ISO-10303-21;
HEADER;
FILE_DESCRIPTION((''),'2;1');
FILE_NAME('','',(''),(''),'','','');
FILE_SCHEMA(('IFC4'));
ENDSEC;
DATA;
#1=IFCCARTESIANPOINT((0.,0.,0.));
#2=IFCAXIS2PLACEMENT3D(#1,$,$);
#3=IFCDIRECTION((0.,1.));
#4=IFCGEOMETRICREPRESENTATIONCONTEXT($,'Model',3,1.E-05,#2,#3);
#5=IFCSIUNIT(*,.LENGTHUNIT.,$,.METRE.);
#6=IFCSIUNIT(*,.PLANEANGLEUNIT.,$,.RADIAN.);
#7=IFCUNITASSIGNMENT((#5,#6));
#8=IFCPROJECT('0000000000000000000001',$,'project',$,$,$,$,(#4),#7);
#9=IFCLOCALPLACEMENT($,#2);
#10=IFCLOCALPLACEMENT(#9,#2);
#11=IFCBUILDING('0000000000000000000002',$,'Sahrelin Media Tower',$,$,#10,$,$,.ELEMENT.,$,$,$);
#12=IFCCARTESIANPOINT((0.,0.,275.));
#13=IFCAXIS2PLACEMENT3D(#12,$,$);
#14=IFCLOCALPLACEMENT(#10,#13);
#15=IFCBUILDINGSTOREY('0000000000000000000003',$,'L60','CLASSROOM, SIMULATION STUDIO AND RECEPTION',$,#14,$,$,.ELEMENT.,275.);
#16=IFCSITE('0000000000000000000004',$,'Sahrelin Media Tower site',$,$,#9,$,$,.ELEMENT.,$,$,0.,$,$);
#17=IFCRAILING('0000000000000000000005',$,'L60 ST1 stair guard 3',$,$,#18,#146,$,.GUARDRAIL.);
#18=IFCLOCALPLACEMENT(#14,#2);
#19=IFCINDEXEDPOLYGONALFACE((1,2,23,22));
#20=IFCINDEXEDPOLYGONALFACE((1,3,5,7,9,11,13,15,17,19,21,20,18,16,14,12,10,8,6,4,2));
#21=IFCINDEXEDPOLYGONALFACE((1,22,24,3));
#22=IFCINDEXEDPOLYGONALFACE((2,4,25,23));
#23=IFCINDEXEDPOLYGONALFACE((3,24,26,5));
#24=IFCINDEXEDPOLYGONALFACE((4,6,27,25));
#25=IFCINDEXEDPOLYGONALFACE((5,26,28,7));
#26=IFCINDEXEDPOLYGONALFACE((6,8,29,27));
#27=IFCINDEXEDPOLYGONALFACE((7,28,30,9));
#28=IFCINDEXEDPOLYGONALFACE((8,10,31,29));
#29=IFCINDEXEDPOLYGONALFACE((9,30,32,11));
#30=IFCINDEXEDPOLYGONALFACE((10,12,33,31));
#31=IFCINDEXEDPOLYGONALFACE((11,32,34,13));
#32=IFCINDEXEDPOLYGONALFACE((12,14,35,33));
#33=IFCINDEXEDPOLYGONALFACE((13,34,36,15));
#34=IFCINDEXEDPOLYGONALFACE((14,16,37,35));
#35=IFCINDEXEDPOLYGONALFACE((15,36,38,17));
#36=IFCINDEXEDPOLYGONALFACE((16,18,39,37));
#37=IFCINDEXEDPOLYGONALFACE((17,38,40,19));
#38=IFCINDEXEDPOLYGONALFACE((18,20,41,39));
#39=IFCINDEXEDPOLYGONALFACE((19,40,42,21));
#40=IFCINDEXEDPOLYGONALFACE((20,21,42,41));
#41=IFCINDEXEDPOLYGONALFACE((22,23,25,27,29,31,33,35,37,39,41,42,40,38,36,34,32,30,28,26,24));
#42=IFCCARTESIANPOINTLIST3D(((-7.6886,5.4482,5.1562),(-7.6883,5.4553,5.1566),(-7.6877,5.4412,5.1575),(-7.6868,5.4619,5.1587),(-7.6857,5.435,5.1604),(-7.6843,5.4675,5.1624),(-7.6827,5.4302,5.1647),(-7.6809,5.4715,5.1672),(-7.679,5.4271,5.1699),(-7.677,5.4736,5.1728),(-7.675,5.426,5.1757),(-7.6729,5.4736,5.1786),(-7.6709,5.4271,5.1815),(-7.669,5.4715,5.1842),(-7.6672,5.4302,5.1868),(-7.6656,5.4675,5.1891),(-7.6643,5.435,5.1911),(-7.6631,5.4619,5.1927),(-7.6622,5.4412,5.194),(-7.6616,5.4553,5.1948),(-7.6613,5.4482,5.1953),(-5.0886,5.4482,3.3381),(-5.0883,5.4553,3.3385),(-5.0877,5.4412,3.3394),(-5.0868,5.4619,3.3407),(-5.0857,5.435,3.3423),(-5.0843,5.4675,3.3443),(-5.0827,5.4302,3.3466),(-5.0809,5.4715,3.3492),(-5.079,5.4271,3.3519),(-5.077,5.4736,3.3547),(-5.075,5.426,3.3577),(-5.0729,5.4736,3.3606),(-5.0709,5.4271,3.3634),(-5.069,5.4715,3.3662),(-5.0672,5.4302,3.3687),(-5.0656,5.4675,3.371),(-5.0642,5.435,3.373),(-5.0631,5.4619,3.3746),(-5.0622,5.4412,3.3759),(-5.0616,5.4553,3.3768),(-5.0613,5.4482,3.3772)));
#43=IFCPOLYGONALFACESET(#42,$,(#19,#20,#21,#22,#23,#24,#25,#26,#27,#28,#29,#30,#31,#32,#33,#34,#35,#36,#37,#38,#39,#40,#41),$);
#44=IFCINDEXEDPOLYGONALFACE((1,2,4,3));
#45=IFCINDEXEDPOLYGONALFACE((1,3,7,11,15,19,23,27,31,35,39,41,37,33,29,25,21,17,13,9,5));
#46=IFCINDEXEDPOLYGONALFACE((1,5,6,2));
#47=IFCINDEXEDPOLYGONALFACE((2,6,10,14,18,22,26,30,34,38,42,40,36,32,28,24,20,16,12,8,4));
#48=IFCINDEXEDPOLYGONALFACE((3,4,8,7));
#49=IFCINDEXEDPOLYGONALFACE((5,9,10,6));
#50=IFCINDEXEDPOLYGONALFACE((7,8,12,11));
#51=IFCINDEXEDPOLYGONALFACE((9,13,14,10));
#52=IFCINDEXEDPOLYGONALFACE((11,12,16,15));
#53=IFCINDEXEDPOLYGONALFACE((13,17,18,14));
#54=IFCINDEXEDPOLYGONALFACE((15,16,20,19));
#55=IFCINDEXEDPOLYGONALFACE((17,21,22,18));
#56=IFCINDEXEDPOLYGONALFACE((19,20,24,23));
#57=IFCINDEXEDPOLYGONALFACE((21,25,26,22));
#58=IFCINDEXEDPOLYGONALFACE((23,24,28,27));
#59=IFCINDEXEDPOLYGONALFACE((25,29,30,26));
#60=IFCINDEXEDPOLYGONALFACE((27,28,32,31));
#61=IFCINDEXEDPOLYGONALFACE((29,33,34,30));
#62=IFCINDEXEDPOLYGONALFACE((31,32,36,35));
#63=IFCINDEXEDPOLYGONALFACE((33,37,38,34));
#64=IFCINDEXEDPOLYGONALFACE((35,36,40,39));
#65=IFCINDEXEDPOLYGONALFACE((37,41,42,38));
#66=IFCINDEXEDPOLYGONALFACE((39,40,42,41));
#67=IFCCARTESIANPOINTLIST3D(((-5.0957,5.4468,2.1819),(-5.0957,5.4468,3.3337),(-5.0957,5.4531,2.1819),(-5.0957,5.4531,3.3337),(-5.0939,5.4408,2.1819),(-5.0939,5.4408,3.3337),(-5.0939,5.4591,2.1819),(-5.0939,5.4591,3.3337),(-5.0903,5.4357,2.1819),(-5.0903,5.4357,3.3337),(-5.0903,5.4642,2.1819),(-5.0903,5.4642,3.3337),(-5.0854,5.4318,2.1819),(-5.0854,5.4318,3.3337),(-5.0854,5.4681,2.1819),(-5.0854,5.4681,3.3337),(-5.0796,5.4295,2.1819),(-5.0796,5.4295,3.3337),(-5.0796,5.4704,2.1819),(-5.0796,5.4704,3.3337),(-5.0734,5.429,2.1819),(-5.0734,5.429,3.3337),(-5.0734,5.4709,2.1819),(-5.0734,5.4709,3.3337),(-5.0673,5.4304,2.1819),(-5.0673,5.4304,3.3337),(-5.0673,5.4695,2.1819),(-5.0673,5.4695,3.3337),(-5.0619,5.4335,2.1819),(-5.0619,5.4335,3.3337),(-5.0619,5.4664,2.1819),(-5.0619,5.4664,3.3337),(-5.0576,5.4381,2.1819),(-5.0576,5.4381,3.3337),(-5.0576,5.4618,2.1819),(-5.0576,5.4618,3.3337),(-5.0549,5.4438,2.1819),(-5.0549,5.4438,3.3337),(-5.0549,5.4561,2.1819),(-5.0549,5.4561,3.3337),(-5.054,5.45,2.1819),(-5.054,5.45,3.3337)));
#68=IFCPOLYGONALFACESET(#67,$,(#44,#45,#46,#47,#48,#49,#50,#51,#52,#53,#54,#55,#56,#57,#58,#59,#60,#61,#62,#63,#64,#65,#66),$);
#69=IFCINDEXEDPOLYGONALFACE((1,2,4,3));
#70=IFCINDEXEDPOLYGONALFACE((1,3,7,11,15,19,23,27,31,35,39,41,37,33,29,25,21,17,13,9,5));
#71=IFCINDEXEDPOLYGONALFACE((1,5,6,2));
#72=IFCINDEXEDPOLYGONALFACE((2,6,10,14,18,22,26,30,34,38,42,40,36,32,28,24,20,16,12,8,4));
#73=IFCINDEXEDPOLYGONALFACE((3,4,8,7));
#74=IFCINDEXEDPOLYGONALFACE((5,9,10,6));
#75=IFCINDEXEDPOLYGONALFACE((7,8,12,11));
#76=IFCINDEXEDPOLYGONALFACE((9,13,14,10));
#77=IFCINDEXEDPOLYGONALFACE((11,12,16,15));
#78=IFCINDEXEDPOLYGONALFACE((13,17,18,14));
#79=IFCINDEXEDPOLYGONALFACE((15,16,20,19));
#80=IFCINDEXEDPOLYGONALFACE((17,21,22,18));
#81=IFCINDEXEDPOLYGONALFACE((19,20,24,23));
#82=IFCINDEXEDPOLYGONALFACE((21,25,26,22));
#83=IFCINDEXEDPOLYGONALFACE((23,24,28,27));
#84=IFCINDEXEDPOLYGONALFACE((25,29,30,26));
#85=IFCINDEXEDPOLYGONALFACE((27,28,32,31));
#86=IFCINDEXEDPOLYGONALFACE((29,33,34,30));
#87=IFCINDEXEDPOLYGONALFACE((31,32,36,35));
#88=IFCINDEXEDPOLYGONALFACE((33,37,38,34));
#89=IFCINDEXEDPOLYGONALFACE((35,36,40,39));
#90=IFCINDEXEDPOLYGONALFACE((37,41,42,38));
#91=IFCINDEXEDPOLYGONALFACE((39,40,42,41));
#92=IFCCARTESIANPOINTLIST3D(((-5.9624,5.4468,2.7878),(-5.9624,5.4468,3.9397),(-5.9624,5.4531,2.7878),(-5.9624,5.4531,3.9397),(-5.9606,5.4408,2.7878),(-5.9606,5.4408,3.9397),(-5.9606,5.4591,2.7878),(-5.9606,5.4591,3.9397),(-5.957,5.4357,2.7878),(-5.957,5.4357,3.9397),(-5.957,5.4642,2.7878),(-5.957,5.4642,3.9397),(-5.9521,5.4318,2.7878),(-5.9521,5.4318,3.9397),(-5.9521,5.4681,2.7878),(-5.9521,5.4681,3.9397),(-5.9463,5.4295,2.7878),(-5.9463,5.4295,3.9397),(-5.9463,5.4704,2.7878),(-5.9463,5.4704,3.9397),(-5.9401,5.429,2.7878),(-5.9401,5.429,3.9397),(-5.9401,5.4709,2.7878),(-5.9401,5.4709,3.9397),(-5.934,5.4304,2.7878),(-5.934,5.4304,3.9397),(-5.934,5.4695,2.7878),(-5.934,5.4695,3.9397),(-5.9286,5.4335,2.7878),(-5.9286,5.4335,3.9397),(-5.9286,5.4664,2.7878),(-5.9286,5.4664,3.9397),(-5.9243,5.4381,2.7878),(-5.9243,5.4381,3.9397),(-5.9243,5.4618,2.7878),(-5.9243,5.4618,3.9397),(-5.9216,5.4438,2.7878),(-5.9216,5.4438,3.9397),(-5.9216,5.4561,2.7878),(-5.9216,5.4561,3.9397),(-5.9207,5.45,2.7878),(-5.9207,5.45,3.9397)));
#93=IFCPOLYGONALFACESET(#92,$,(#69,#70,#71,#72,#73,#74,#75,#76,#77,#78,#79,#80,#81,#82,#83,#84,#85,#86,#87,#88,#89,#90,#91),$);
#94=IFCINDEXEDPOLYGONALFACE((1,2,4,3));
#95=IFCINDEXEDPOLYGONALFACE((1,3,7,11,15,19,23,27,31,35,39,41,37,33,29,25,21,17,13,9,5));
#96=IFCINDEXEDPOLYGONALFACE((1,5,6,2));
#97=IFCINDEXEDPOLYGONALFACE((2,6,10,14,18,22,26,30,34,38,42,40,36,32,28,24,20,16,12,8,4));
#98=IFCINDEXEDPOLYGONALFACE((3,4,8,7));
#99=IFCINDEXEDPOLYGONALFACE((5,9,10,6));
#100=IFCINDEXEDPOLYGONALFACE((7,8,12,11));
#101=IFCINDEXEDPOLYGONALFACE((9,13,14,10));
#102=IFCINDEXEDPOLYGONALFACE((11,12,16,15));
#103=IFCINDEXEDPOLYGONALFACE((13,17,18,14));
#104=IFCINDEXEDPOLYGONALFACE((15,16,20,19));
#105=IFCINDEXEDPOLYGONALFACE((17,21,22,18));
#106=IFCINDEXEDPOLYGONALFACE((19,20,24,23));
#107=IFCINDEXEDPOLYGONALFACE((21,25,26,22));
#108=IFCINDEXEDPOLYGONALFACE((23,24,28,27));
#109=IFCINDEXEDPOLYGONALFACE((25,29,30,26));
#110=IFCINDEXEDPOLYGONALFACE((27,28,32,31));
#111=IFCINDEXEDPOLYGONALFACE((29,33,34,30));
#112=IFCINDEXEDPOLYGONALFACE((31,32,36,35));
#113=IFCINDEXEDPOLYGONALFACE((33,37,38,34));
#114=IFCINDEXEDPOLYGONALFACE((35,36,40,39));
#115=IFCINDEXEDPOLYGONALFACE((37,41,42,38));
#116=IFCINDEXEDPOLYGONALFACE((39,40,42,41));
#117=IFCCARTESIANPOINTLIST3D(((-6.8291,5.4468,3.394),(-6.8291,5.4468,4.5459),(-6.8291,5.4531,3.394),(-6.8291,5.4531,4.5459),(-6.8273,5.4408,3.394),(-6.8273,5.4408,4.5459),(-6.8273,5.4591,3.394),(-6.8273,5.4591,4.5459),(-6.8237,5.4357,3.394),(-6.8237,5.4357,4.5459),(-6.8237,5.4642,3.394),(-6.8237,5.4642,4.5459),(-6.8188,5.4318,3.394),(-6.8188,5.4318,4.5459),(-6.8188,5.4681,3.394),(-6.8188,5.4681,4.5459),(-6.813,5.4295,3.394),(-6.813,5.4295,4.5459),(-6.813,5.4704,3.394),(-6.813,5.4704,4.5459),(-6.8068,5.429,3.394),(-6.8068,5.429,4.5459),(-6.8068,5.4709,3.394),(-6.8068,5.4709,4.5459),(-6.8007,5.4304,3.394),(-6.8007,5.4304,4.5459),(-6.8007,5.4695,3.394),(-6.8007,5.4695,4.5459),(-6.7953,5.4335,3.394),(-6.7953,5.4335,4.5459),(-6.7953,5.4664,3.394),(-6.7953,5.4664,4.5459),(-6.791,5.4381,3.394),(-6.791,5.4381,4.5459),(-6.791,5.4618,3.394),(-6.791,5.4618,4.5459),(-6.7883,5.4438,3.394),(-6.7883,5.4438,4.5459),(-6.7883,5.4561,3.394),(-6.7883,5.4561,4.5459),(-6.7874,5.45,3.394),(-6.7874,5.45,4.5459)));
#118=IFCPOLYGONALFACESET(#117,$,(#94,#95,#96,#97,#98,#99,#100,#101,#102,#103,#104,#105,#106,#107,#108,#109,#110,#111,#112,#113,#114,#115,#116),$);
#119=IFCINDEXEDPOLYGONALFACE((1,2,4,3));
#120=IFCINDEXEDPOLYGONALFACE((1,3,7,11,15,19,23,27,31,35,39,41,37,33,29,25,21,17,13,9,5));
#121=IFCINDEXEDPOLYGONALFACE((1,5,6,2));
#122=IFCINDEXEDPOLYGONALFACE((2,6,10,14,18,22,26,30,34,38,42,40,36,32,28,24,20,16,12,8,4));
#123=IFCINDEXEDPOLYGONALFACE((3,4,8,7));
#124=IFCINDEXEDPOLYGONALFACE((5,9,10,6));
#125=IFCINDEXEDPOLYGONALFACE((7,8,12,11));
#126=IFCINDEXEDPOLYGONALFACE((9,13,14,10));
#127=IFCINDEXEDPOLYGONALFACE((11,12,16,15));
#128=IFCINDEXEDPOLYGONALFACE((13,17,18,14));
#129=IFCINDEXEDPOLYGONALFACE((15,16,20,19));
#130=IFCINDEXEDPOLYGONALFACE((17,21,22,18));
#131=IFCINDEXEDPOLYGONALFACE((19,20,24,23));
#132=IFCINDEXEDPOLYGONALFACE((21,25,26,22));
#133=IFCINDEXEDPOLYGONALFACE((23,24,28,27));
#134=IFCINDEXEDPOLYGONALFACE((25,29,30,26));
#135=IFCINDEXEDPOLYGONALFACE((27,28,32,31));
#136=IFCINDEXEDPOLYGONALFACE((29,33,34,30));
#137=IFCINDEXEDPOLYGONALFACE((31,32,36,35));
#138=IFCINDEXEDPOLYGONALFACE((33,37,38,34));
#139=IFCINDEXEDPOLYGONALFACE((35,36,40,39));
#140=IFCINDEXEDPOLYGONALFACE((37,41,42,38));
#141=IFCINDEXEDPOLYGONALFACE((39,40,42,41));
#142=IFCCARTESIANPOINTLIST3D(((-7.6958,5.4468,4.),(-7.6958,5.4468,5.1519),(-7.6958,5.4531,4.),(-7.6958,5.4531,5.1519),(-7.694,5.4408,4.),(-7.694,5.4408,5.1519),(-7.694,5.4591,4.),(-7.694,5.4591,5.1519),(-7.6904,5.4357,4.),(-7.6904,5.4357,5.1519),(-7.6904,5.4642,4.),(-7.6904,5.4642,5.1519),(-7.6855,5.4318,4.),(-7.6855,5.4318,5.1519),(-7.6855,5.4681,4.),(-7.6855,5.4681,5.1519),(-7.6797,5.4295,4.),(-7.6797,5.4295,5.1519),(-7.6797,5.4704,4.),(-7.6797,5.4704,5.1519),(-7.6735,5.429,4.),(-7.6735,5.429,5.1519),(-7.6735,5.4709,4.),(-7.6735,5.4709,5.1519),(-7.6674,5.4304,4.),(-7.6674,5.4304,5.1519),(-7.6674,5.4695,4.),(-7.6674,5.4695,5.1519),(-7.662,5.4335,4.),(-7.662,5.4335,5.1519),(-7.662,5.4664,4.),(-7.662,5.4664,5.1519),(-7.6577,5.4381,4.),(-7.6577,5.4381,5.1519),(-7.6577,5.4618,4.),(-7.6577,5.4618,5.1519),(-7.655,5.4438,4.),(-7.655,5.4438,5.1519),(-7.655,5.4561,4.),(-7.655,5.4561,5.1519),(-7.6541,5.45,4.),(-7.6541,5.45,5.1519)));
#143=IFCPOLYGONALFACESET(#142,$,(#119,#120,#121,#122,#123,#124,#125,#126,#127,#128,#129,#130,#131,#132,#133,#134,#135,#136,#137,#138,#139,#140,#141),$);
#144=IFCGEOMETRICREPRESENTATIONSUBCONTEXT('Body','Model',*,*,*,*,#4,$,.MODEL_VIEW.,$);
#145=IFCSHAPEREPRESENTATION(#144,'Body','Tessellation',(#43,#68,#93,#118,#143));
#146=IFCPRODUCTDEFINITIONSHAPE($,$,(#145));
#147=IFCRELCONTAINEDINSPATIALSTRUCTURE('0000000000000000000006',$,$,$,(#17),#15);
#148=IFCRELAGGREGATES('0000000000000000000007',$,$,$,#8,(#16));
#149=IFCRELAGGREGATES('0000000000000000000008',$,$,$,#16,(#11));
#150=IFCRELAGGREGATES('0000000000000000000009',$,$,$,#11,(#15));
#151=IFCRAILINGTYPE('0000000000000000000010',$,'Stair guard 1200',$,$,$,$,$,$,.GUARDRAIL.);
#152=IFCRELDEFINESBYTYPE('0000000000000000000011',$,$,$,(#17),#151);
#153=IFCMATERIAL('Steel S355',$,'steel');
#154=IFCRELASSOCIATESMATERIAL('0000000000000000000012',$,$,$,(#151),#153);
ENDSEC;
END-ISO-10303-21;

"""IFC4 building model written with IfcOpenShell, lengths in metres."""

from ifc_helpers import new_model, si_unit, direction, frame, origin, origin_2d, place, context, subcontext, project, spatial, circle, extrude, material, type_object, element, save


model = new_model("IFC4")

# Units and contexts
model_context = context("Model", 3, precision=1e-05, world=origin(), true_north=direction((0.0, 1.0)))
body_context = subcontext(model_context, "Body", "Model", "MODEL_VIEW")
ifc_project = project(units=[si_unit("LENGTHUNIT", "METRE"), si_unit("PLANEANGLEUNIT", "RADIAN")], contexts=[model_context])

# Site, building, storey
site_placement = place(None, origin())
site = spatial("IfcSite", under=ifc_project, at=site_placement, Name="Sahrelin Media Tower site", CompositionType="ELEMENT", RefElevation=0.0)
building_placement = place(site_placement, origin())
building = spatial("IfcBuilding", under=site, at=building_placement, Name="Sahrelin Media Tower", CompositionType="ELEMENT")
storey_placement = place(building_placement, frame((0.0, 0.0, 275.0)))
storey = spatial("IfcBuildingStorey", under=building, at=storey_placement, Name="L60", Description="CLASSROOM, SIMULATION STUDIO AND RECEPTION", CompositionType="ELEMENT", Elevation=275.0)

# Shared definitions
ifc_material_1 = material(Name="Steel S355", Category="steel")

# Railing
railing_type_1 = type_object("IfcRailingType", Name="Stair guard 1200", PredefinedType="GUARDRAIL", material=ifc_material_1)
railing_1_placement = place(storey_placement, frame((-5.075, 5.45, 2.1819)))
element("IfcRailing", 1, at=railing_1_placement, inside=storey, type_object=railing_type_1, Name="L60 ST1 stair guard 3", PredefinedType="GUARDRAIL", context=body_context, shape_type="SweptSolid", body=[
    extrude(circle(Radius=0.0239, at=origin_2d()), frame((0.0, 0.0, 1.1758), z_axis=(-0.819521, 0.0, 0.573049), x_axis=(0.0, -1.0, 0.0)), (0.0, 0.0, 1.0), 3.1726),
    extrude(circle(Radius=0.021, at=origin_2d()), origin(), (0.0, 0.0, 1.0), 1.1519),
    extrude(circle(Radius=0.021, at=origin_2d()), frame((-0.8667, 0.0, 0.606)), (0.0, 0.0, 1.0), 1.1519),
    extrude(circle(Radius=0.021, at=origin_2d()), frame((-1.7334, 0.0, 1.2122)), (0.0, 0.0, 1.0), 1.1519),
    extrude(circle(Radius=0.021, at=origin_2d()), frame((-2.6001, 0.0, 1.8181)), (0.0, 0.0, 1.0), 1.1519),
])

save(model, "model.ifc")
